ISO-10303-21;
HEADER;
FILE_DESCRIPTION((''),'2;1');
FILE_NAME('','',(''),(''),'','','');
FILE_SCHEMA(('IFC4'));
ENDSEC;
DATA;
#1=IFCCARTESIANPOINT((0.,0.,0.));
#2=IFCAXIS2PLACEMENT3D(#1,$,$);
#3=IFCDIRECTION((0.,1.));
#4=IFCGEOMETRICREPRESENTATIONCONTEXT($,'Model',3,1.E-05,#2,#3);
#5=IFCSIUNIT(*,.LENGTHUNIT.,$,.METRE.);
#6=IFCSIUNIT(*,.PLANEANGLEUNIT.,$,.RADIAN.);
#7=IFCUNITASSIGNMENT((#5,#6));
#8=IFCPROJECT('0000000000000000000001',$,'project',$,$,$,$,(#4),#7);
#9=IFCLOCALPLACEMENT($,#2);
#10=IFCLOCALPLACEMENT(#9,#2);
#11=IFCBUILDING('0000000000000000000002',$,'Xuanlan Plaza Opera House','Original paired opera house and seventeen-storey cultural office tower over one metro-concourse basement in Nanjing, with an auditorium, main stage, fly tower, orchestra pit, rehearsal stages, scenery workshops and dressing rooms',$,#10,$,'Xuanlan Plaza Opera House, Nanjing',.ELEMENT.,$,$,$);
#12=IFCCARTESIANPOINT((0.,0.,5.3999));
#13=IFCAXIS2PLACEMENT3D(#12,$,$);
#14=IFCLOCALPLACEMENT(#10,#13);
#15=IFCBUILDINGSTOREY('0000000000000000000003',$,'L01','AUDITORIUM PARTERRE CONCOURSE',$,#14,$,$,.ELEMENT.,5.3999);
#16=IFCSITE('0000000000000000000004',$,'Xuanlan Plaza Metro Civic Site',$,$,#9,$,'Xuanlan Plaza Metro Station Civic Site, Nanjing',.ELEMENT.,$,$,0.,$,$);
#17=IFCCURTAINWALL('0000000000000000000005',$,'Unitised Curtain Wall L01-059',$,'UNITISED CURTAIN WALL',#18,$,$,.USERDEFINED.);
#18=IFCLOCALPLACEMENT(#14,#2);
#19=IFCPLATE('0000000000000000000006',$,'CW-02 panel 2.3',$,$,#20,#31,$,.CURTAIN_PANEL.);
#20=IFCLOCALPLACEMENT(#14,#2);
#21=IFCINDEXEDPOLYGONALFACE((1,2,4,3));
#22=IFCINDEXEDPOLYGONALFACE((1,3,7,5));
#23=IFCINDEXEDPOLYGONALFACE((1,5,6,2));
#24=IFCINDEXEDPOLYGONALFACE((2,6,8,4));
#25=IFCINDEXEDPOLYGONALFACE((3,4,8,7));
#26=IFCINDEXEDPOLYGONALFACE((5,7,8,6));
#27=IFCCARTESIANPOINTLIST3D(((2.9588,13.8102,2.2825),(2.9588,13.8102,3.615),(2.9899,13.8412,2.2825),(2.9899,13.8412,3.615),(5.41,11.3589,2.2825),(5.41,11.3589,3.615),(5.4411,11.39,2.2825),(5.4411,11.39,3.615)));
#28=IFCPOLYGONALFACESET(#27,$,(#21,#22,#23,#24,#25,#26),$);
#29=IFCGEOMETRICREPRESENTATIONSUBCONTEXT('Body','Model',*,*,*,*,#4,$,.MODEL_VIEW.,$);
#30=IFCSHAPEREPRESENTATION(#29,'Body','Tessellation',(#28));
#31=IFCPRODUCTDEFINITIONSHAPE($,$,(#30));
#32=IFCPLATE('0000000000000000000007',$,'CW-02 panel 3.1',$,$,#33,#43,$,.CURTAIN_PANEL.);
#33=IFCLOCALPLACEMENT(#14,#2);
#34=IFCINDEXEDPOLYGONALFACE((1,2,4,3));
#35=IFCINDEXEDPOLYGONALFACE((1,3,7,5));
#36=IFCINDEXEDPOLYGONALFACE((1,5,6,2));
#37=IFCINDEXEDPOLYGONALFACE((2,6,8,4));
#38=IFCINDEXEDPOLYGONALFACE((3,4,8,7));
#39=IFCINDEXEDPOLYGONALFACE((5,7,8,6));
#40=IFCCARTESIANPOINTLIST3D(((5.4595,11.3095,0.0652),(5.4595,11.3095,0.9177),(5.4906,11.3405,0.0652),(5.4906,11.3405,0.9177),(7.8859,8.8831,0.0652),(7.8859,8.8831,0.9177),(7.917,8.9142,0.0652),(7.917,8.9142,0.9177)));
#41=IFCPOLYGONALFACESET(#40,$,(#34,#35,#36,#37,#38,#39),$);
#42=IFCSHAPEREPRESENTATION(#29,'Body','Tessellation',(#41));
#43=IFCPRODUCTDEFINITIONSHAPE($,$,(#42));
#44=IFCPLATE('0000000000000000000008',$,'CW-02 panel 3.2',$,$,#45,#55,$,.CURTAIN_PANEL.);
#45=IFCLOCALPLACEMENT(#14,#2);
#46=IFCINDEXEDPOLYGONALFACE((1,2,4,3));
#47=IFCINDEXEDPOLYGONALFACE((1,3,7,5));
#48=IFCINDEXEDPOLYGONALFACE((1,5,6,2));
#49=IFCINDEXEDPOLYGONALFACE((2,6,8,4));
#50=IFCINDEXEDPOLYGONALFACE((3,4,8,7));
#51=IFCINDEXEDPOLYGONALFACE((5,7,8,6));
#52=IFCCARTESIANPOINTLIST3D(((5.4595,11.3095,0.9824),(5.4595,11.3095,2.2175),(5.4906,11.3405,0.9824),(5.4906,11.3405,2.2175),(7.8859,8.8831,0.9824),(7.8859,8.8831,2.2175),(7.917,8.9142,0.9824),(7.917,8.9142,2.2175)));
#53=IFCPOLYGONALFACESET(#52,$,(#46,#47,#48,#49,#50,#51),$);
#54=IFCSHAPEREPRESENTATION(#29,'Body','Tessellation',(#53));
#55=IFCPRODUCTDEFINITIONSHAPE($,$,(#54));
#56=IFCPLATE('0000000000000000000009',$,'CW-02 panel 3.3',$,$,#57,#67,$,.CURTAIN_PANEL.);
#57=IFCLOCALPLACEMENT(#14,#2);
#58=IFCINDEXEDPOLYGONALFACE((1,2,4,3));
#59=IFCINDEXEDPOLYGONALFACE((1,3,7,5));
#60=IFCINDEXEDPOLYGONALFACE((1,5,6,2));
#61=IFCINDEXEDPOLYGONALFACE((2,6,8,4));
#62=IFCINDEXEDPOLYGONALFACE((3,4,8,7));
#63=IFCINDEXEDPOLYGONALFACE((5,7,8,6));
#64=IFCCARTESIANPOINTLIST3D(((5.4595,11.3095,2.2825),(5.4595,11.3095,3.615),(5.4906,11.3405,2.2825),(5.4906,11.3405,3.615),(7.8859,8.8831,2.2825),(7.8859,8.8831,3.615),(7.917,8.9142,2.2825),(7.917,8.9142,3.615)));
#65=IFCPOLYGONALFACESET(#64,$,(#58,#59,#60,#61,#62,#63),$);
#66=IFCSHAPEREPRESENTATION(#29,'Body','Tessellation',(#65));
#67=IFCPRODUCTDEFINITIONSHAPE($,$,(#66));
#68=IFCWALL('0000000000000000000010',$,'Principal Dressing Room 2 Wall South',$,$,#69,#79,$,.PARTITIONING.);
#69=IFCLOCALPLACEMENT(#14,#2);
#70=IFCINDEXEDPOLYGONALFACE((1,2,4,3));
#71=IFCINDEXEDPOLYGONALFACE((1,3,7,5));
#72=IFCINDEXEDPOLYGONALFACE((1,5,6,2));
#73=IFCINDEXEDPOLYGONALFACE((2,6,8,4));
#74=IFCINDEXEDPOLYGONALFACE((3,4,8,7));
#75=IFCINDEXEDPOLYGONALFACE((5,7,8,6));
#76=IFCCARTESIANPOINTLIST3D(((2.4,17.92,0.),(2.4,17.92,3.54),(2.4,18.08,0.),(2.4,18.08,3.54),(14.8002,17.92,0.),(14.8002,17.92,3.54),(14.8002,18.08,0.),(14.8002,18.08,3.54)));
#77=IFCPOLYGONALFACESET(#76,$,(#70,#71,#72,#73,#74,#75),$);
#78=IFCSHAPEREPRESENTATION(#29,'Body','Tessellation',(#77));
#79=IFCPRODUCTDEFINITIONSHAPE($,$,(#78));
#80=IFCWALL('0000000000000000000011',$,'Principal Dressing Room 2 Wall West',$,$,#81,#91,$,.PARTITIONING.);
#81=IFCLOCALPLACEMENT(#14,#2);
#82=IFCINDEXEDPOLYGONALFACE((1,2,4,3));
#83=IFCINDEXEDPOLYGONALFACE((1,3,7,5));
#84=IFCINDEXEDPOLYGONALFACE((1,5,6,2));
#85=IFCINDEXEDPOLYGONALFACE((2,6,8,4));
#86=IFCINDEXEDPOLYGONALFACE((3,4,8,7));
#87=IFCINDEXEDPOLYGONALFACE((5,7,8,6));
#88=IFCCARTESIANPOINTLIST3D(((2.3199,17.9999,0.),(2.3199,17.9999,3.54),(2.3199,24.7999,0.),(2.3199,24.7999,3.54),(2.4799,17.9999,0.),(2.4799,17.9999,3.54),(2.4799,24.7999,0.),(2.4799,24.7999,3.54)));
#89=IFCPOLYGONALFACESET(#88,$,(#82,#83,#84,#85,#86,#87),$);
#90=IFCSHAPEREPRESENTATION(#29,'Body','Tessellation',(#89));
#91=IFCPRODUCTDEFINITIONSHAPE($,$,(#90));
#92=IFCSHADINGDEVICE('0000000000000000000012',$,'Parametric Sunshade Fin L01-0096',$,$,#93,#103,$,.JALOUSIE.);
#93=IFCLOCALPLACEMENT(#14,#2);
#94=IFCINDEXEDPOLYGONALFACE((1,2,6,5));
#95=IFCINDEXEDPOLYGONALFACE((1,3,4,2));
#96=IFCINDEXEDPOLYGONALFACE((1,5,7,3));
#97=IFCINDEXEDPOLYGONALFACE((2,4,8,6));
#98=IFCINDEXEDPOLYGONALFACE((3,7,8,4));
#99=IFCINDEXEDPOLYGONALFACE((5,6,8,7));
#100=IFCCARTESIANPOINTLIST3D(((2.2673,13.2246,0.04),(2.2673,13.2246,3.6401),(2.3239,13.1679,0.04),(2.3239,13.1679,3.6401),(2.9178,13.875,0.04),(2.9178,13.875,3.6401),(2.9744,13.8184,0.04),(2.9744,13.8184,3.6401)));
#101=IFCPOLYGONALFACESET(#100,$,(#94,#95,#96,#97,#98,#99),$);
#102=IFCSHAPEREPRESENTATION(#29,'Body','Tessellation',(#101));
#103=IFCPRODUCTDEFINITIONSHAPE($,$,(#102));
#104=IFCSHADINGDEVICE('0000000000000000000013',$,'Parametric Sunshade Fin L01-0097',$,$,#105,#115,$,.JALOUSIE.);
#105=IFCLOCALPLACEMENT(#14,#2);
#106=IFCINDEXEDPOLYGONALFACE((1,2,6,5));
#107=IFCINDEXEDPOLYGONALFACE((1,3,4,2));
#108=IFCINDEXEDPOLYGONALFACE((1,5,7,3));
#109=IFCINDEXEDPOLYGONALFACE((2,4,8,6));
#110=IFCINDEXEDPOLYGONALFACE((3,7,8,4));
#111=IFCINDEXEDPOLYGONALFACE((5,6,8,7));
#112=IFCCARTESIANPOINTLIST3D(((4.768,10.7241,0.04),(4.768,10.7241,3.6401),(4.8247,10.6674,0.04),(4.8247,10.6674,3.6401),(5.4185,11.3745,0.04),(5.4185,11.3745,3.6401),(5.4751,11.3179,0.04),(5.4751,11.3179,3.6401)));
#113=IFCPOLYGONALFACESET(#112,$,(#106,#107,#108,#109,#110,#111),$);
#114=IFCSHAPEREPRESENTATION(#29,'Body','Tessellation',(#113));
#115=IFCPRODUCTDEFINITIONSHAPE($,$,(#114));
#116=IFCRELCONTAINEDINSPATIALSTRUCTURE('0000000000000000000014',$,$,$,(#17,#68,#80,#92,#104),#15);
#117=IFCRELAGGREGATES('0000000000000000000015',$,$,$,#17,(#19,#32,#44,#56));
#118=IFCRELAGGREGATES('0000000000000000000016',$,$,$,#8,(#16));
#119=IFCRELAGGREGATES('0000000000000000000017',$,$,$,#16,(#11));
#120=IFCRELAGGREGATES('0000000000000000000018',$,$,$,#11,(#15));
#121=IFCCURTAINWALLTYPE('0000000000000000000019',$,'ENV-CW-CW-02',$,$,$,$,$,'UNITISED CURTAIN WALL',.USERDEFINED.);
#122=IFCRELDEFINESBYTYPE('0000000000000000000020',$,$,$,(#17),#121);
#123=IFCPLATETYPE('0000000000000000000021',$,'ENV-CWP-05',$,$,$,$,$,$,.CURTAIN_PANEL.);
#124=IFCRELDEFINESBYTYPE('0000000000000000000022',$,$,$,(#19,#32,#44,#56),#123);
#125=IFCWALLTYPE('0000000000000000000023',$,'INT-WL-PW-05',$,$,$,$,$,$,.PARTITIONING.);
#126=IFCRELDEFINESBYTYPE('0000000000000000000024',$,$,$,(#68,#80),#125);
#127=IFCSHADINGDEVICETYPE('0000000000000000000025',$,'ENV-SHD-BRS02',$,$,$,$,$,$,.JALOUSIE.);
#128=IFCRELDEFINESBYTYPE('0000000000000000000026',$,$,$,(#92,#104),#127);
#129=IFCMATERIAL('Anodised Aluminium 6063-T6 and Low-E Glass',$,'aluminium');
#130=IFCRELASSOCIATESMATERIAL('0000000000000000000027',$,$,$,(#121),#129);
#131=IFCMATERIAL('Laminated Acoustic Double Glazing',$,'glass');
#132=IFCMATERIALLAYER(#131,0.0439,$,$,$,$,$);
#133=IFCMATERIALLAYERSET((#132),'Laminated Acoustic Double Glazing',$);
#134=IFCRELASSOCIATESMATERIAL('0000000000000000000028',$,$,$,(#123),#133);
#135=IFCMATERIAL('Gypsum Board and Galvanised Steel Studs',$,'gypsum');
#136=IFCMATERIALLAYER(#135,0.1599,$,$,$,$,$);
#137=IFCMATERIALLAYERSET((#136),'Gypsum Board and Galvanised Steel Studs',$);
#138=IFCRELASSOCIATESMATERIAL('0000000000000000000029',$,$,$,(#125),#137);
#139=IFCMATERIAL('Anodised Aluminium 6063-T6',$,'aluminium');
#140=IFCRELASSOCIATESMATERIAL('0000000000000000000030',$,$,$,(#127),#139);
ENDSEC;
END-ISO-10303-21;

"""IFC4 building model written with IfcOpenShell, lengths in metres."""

from ifc_helpers import new_model, si_unit, direction, frame, frame_2d, origin, origin_2d, place, context, subcontext, project, spatial, rectangle, extrude, material, layer, layer_set, type_object, element, aggregate, save


model = new_model("IFC4")

# Units and contexts
model_context = context("Model", 3, precision=1e-05, world=origin(), true_north=direction((0.0, 1.0)))
body_context = subcontext(model_context, "Body", "Model", "MODEL_VIEW")
ifc_project = project(units=[si_unit("LENGTHUNIT", "METRE"), si_unit("PLANEANGLEUNIT", "RADIAN")], contexts=[model_context])

# Site, building, storey
site_placement = place(None, origin())
site = spatial("IfcSite", under=ifc_project, at=site_placement, Name="Xuanlan Plaza Metro Civic Site", LongName="Xuanlan Plaza Metro Station Civic Site, Nanjing", CompositionType="ELEMENT", RefElevation=0.0)
building_placement = place(site_placement, origin())
building = spatial("IfcBuilding", under=site, at=building_placement, Name="Xuanlan Plaza Opera House", Description="Original paired opera house and seventeen-storey cultural office tower over one metro-concourse basement in Nanjing, with an auditorium, main stage, fly tower, orchestra pit, rehearsal stages, scenery workshops and dressing rooms", LongName="Xuanlan Plaza Opera House, Nanjing", CompositionType="ELEMENT")
storey_placement = place(building_placement, frame((0.0, 0.0, 5.3999)))
storey = spatial("IfcBuildingStorey", under=building, at=storey_placement, Name="L01", Description="AUDITORIUM PARTERRE CONCOURSE", CompositionType="ELEMENT", Elevation=5.3999)

# Curtain wall
ifc_material_1 = material(Name="Anodised Aluminium 6063-T6 and Low-E Glass", Category="aluminium")
curtain_wall_type = type_object("IfcCurtainWallType", Name="ENV-CW-CW-02", ElementType="UNITISED CURTAIN WALL", PredefinedType="USERDEFINED", material=ifc_material_1)
curtain_wall_placement = place(storey_placement, origin())
curtain_wall = element("IfcCurtainWall", 1, at=curtain_wall_placement, inside=storey, type_object=curtain_wall_type, Name="Unitised Curtain Wall L01-059", ObjectType="UNITISED CURTAIN WALL", PredefinedType="USERDEFINED")
ifc_material_2 = material(Name="Anodised Aluminium 6063-T6", Category="aluminium")

# Plates
ifc_material_3 = material(Name="Laminated Acoustic Double Glazing", Category="glass")
ifc_layer_1 = layer(ifc_material_3, 0.0439)
ifc_layer_set_1 = layer_set([ifc_layer_1], Name="Laminated Acoustic Double Glazing")
plate_type = type_object("IfcPlateType", Name="ENV-CWP-05", PredefinedType="CURTAIN_PANEL", material=ifc_layer_set_1)
plate_1_placement = place(storey_placement, frame((4.2, 12.6001, 2.2825), z_axis=(0.0, 0.0, 1.0), x_axis=(0.707107, -0.707107, 0.0)))
plate_1 = element("IfcPlate", 2, at=plate_1_placement, type_object=plate_type, Name="CW-02 panel 2.3", PredefinedType="CURTAIN_PANEL", context=body_context, shape_type="SweptSolid", body=[
    extrude(rectangle(XDim=3.4666, YDim=0.0439, at=origin_2d()), origin(), (0.0, 0.0, 1.0), 1.3325),
])
plate_2_placement = place(storey_placement, frame((6.6882, 10.1118, 0.0652), z_axis=(0.0, 0.0, 1.0), x_axis=(0.707107, -0.707107, 0.0)))
plate_2 = element("IfcPlate", 3, at=plate_2_placement, type_object=plate_type, Name="CW-02 panel 3.1", PredefinedType="CURTAIN_PANEL", context=body_context, shape_type="SweptSolid", body=[
    extrude(rectangle(XDim=3.4314, YDim=0.0439, at=origin_2d()), origin(), (0.0, 0.0, 1.0), 0.8525),
])
plate_3_placement = place(storey_placement, frame((6.6882, 10.1118, 0.9824), z_axis=(0.0, 0.0, 1.0), x_axis=(0.707107, -0.707107, 0.0)))
plate_3 = element("IfcPlate", 4, at=plate_3_placement, type_object=plate_type, Name="CW-02 panel 3.2", PredefinedType="CURTAIN_PANEL", context=body_context, shape_type="SweptSolid", body=[
    extrude(rectangle(XDim=3.4314, YDim=0.0439, at=origin_2d()), origin(), (0.0, 0.0, 1.0), 1.2351),
])
plate_4_placement = place(storey_placement, frame((6.6882, 10.1118, 2.2825), z_axis=(0.0, 0.0, 1.0), x_axis=(0.707107, -0.707107, 0.0)))
plate_4 = element("IfcPlate", 5, at=plate_4_placement, type_object=plate_type, Name="CW-02 panel 3.3", PredefinedType="CURTAIN_PANEL", context=body_context, shape_type="SweptSolid", body=[
    extrude(rectangle(XDim=3.4314, YDim=0.0439, at=origin_2d()), origin(), (0.0, 0.0, 1.0), 1.3325),
])
aggregate(curtain_wall, [plate_1, plate_2, plate_3, plate_4])

# Walls
ifc_material_4 = material(Name="Gypsum Board and Galvanised Steel Studs", Category="gypsum")
ifc_layer_2 = layer(ifc_material_4, 0.1599)
ifc_layer_set_2 = layer_set([ifc_layer_2], Name="Gypsum Board and Galvanised Steel Studs")
wall_type = type_object("IfcWallType", Name="INT-WL-PW-05", PredefinedType="PARTITIONING", material=ifc_layer_set_2)
wall_1_placement = place(storey_placement, frame((2.3999, 18.0, 0.0), z_axis=(0.0, 0.0, 1.0), x_axis=(1.0, 0.0, 0.0)))
element("IfcWall", 6, at=wall_1_placement, inside=storey, type_object=wall_type, Name="Principal Dressing Room 2 Wall South", PredefinedType="PARTITIONING", context=body_context, shape_type="SweptSolid", body=[
    extrude(rectangle(XDim=12.4001, YDim=0.1599, at=frame_2d((6.2002, 0.0))), origin(), (0.0, 0.0, 1.0), 3.54),
])
wall_2_placement = place(storey_placement, frame((2.3999, 18.0, 0.0), z_axis=(0.0, 0.0, 1.0), x_axis=(0.0, 1.0, 0.0)))
element("IfcWall", 7, at=wall_2_placement, inside=storey, type_object=wall_type, Name="Principal Dressing Room 2 Wall West", PredefinedType="PARTITIONING", context=body_context, shape_type="SweptSolid", body=[
    extrude(rectangle(XDim=6.8, YDim=0.1599, at=frame_2d((3.3999, 0.0))), origin(), (0.0, 0.0, 1.0), 3.54),
])

# Shading devices
shading_device_type = type_object("IfcShadingDeviceType", Name="ENV-SHD-BRS02", PredefinedType="JALOUSIE", material=ifc_material_2)
for number, where, z_axis, x_axis, name in (
    (8, (2.6208, 13.5215, 0.04), (0.0, 0.0, 1.0), (-0.707107, -0.707107, 0.0), "Parametric Sunshade Fin L01-0096"),
    (9, (5.1216, 11.021, 0.04), (0.0, 0.0, 1.0), (-0.707107, -0.707107, 0.0), "Parametric Sunshade Fin L01-0097"),
):
    element("IfcShadingDevice", number, at=place(storey_placement, frame(where, z_axis=z_axis, x_axis=x_axis)), inside=storey, type_object=shading_device_type, Name=name, PredefinedType="JALOUSIE", context=body_context, shape_type="SweptSolid", body=[
        extrude(rectangle(XDim=0.9199, YDim=0.0801, at=origin_2d()), origin(), (0.0, 0.0, 1.0), 3.6001),
    ])

save(model, "model.ifc")
